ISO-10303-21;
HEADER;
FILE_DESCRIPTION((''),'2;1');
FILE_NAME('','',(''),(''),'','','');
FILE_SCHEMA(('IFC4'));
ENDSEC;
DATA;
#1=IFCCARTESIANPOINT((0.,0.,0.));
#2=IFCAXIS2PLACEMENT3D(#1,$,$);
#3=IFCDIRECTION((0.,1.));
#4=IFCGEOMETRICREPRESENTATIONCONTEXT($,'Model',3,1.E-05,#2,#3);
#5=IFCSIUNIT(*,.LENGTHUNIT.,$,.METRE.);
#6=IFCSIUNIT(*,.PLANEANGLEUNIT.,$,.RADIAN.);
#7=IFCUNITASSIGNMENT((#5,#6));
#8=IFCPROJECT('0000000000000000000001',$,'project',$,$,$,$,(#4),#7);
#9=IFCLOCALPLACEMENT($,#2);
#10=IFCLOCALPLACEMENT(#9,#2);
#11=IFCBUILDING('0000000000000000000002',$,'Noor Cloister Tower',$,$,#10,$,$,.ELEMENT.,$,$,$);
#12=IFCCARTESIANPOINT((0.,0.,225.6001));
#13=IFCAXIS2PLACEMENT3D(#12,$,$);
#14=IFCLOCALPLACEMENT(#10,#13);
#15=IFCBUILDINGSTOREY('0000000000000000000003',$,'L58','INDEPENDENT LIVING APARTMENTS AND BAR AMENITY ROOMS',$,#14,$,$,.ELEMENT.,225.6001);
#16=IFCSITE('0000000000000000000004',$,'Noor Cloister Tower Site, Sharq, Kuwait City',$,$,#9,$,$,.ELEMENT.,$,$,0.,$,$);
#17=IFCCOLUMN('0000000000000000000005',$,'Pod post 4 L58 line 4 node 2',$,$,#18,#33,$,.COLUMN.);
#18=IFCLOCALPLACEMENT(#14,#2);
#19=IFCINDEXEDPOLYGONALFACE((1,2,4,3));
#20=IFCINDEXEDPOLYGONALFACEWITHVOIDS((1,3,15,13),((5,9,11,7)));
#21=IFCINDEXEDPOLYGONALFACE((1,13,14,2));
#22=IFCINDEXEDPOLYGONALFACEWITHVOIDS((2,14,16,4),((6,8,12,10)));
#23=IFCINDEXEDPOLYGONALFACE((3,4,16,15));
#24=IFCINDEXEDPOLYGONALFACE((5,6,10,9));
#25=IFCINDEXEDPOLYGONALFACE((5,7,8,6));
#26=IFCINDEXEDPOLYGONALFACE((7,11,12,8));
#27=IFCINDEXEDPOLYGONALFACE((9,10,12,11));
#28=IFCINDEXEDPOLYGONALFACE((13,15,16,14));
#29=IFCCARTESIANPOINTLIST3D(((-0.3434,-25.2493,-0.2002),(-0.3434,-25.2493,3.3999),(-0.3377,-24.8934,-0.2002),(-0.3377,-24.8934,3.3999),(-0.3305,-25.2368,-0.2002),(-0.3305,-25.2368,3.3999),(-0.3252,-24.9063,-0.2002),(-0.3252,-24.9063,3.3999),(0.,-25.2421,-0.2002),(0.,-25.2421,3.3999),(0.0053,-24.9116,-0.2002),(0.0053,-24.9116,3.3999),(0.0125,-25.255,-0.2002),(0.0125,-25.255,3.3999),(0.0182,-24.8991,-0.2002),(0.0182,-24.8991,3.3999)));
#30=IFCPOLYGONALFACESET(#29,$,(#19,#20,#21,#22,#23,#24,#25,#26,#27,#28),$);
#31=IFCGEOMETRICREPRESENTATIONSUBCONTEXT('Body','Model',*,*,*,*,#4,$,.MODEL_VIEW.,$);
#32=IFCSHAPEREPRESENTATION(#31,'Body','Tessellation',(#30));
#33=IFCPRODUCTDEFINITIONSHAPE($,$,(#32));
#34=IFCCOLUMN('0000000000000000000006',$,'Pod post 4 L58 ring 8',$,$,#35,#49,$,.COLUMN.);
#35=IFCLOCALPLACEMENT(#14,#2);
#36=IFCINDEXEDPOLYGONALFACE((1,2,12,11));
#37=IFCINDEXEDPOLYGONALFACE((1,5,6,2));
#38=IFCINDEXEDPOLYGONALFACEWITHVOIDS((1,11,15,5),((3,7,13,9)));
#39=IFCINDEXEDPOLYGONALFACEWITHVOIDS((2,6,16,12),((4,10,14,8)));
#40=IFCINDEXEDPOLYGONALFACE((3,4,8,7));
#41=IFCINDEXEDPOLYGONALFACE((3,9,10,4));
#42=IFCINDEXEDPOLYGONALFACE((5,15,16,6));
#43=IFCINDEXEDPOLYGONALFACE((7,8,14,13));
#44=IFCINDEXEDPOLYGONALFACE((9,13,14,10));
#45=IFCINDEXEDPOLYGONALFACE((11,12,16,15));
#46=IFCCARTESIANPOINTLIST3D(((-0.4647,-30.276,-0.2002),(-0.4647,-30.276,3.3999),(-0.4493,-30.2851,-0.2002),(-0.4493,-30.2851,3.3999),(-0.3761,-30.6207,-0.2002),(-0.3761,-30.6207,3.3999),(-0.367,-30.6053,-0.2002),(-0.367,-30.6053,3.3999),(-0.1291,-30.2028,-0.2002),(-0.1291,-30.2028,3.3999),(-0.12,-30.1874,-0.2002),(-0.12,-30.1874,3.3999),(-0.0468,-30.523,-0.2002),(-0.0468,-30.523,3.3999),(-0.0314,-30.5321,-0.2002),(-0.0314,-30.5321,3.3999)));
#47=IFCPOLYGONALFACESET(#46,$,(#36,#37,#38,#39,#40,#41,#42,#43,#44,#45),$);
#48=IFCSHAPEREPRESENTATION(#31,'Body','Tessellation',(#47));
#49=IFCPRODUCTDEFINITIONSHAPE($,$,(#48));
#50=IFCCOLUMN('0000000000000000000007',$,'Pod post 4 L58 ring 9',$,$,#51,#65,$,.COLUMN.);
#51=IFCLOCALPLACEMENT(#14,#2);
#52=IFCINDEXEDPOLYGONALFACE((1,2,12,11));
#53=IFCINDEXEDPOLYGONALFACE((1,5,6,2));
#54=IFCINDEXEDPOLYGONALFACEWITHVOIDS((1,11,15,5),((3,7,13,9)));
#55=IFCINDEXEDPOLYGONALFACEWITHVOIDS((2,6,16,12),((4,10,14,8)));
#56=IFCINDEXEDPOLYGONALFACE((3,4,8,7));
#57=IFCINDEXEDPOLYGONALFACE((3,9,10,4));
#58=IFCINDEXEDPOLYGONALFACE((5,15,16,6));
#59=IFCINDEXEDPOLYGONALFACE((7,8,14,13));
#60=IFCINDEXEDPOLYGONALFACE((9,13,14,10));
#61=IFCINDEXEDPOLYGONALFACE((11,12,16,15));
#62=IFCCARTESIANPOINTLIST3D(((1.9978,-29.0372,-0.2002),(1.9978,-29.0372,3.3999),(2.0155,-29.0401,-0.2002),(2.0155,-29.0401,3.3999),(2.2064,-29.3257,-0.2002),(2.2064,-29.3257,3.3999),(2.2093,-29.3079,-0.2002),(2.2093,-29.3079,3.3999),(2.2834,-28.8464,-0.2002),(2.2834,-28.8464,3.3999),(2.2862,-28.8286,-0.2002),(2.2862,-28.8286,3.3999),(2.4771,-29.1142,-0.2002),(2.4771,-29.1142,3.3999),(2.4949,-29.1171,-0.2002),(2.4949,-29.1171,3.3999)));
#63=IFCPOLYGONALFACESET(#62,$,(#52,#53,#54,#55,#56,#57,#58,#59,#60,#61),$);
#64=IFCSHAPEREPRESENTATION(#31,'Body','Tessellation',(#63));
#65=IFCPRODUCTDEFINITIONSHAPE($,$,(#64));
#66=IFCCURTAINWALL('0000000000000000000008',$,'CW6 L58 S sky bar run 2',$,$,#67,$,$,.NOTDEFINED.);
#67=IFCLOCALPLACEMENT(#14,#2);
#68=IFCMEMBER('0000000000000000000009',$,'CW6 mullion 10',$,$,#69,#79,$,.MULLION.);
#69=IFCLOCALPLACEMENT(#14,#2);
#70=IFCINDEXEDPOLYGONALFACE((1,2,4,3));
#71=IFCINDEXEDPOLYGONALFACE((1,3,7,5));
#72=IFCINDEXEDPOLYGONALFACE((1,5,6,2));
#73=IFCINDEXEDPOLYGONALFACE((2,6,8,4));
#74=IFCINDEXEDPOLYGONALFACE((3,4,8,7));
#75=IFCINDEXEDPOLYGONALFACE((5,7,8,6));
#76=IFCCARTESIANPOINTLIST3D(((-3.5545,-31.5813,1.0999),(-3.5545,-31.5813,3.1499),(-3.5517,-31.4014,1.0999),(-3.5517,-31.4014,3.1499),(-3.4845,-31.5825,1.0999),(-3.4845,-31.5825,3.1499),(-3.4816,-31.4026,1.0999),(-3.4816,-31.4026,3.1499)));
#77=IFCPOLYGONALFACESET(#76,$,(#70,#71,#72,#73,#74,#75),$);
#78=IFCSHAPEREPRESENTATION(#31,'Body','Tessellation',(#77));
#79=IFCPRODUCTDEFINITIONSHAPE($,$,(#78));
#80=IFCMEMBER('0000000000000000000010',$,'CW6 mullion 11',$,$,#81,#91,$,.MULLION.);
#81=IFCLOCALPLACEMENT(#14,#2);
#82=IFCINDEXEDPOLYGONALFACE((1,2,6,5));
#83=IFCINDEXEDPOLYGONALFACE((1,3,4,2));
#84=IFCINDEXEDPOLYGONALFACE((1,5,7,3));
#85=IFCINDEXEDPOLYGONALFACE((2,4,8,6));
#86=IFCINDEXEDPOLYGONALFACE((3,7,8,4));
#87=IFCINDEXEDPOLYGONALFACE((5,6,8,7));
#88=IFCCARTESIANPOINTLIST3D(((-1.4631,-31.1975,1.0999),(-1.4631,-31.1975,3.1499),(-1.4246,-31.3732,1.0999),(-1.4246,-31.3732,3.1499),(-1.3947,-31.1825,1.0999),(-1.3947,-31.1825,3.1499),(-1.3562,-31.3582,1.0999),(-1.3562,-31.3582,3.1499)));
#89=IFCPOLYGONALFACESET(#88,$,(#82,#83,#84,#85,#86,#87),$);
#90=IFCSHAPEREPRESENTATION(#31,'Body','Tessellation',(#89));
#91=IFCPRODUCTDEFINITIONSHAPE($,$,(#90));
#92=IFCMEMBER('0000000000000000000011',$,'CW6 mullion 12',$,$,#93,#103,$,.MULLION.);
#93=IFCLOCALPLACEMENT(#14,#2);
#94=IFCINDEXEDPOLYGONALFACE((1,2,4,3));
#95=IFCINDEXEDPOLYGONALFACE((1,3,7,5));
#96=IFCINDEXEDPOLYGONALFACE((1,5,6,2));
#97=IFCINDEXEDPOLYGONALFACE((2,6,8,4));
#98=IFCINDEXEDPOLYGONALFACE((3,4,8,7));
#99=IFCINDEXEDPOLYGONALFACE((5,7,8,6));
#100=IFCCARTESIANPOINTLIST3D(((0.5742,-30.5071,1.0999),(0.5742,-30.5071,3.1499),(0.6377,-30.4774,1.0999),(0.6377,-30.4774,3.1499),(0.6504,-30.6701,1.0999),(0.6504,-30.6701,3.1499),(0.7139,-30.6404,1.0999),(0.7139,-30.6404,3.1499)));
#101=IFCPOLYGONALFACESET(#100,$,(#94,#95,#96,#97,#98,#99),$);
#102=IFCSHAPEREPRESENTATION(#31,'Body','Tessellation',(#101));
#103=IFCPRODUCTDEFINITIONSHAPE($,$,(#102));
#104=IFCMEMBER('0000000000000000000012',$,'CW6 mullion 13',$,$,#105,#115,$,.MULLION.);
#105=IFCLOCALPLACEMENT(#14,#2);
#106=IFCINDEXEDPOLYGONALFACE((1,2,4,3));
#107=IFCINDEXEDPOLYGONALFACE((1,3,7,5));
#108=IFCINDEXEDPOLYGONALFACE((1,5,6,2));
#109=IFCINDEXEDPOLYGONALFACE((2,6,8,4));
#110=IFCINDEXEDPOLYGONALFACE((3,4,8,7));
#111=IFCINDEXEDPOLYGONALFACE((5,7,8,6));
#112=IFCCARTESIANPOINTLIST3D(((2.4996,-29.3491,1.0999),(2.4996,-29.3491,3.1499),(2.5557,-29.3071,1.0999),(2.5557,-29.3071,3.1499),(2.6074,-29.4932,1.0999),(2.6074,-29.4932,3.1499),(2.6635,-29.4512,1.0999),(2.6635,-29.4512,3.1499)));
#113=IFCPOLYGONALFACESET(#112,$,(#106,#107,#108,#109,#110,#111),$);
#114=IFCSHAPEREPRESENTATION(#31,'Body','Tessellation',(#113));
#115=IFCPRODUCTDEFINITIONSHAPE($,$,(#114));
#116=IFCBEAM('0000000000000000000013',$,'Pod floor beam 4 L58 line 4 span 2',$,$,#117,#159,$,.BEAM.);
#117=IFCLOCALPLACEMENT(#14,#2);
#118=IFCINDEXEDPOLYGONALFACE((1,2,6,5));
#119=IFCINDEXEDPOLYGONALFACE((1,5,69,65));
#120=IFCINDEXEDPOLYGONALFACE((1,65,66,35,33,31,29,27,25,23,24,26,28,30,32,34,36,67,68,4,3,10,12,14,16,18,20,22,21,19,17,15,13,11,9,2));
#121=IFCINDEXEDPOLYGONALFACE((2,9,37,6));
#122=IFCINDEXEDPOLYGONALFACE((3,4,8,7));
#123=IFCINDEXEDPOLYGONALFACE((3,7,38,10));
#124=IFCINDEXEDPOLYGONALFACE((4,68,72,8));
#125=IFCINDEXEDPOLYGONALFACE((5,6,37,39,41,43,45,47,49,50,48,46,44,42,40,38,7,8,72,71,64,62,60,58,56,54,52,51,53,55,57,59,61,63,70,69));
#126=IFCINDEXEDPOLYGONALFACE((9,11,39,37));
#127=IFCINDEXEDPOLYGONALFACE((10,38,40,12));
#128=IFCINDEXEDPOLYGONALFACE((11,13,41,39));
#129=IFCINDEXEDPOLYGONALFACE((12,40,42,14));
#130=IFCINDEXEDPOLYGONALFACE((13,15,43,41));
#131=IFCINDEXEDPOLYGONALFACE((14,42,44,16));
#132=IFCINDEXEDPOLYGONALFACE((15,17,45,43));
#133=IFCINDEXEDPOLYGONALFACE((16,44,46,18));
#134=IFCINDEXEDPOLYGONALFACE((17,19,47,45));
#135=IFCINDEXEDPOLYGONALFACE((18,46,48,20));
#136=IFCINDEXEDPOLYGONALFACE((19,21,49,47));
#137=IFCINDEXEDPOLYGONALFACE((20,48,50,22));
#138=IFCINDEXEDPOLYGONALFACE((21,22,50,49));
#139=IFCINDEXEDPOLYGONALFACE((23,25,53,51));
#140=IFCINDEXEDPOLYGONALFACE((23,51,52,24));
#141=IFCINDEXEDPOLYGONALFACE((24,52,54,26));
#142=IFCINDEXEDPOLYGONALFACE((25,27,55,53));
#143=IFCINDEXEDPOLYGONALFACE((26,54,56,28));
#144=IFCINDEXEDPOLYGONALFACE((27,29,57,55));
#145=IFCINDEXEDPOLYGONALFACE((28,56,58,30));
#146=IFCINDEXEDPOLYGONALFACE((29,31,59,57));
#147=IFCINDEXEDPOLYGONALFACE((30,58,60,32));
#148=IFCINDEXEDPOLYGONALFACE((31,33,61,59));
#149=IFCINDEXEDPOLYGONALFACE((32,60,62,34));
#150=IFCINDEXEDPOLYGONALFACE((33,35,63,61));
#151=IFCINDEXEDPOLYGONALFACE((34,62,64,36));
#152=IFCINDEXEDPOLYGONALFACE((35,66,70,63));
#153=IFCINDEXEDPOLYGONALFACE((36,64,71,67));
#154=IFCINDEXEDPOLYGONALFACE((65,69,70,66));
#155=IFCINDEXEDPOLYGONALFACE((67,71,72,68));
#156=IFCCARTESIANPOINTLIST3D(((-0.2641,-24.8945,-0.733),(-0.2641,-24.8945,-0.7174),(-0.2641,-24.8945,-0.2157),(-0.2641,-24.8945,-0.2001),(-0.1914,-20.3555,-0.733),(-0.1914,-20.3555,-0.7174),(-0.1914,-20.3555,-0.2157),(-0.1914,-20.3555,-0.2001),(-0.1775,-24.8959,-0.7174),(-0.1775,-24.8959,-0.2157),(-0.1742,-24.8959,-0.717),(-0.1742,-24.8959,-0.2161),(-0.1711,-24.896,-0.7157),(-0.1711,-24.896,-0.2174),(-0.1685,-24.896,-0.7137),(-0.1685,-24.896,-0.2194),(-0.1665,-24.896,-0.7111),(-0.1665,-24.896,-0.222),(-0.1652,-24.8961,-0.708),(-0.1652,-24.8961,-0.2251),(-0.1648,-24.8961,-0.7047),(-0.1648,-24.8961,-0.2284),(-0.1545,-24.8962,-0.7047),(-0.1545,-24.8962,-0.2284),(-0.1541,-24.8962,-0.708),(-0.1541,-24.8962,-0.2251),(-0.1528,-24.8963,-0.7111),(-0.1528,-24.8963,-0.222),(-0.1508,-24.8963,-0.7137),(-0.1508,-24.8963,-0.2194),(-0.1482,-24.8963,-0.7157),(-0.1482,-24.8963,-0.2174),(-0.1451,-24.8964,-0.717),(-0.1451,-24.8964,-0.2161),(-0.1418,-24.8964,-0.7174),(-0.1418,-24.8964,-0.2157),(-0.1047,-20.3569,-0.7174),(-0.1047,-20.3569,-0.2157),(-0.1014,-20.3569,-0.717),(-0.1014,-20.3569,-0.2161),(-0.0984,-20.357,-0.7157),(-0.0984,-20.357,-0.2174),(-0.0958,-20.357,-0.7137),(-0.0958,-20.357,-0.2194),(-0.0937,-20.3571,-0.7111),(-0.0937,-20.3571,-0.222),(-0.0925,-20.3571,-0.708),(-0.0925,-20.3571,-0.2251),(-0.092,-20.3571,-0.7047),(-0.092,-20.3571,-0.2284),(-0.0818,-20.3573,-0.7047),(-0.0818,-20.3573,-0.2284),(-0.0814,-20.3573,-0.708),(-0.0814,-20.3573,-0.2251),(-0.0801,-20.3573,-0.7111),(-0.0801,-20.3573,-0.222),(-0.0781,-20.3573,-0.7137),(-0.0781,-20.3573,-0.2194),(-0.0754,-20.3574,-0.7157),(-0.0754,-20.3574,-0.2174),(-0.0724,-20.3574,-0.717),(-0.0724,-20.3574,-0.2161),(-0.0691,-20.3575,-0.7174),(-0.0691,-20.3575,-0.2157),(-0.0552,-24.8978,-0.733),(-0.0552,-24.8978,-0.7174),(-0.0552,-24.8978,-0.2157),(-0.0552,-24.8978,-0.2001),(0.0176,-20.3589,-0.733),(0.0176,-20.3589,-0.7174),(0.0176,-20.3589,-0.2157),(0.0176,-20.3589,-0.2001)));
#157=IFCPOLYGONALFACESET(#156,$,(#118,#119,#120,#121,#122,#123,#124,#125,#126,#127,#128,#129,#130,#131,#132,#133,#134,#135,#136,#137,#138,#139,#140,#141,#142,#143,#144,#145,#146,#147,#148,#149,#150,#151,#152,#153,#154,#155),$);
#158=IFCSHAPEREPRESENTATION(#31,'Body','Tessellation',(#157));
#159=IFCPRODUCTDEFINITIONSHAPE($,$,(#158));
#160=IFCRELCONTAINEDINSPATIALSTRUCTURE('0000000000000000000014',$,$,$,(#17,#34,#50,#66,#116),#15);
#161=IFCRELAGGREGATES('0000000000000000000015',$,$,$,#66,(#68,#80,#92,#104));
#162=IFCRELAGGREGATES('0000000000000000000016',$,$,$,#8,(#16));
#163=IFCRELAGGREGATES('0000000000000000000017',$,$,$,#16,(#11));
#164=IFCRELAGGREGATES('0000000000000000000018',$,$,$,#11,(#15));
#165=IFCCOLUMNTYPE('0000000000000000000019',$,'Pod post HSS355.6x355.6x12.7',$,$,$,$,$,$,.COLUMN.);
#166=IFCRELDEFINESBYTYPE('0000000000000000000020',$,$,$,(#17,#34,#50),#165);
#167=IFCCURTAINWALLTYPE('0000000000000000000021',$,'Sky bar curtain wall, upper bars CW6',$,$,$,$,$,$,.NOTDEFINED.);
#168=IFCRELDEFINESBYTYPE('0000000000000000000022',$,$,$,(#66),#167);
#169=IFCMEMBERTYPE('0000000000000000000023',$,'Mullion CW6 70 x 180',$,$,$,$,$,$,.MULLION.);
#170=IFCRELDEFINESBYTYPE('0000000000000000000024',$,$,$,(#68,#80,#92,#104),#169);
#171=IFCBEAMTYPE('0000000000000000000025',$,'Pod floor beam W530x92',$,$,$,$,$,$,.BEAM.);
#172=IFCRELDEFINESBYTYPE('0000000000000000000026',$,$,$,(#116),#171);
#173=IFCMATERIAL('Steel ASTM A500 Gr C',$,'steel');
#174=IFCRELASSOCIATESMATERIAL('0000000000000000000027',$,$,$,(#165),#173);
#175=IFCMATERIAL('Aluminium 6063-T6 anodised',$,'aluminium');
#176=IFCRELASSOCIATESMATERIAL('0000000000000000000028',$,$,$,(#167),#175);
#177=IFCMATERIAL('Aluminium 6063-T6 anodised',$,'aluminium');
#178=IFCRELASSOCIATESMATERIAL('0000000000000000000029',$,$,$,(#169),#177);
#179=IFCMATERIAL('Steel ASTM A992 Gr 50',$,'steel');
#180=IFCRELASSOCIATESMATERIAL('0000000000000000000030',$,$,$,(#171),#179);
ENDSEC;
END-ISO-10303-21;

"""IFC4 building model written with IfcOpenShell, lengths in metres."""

from ifc_helpers import new_model, si_unit, direction, frame, origin, origin_2d, place, context, subcontext, project, spatial, rectangle, hollow_rectangle, i_section, extrude, material, material_profile, profile_set, type_object, element, aggregate, save


model = new_model("IFC4")

# Units and contexts
model_context = context("Model", 3, precision=1e-05, world=origin(), true_north=direction((0.0, 1.0)))
body_context = subcontext(model_context, "Body", "Model", "MODEL_VIEW")
ifc_project = project(units=[si_unit("LENGTHUNIT", "METRE"), si_unit("PLANEANGLEUNIT", "RADIAN")], contexts=[model_context])

# Site, building, storey
site_placement = place(None, origin())
site = spatial("IfcSite", under=ifc_project, at=site_placement, Name="Noor Cloister Tower Site, Sharq, Kuwait City", CompositionType="ELEMENT", RefElevation=0.0)
building_placement = place(site_placement, origin())
building = spatial("IfcBuilding", under=site, at=building_placement, Name="Noor Cloister Tower", CompositionType="ELEMENT")
storey_placement = place(building_placement, frame((0.0, 0.0, 225.6001)))
storey = spatial("IfcBuildingStorey", under=building, at=storey_placement, Name="L58", Description="INDEPENDENT LIVING APARTMENTS AND BAR AMENITY ROOMS", CompositionType="ELEMENT", Elevation=225.6001)

# Columns
ifc_material_1 = material(Name="Steel ASTM A500 Gr C", Category="steel")
ifc_material_profile_1 = material_profile(ifc_material_1, hollow_rectangle(XDim=0.356, YDim=0.356, WallThickness=0.0127, at=origin_2d()), Name="HSS355.6x355.6x12.7")
ifc_profile_set_1 = profile_set([ifc_material_profile_1], Name="Steel ASTM A500 Gr C")
column_type = type_object("IfcColumnType", Name="Pod post HSS355.6x355.6x12.7", PredefinedType="COLUMN", material=ifc_profile_set_1)
for number, where, z_axis, x_axis, name in (
    (1, (-0.1626, -25.0742, -0.2002), (0.0, 0.0, 1.0), (-0.016039, -0.999871, 0.0), "Pod post 4 L58 line 4 node 2"),
    (2, (-0.248, -30.4041, -0.2002), (0.0, 0.0, 1.0), (0.968528, 0.248905, 0.0), "Pod post 4 L58 ring 8"),
    (3, (2.2463, -29.0771, -0.2002), (0.0, 0.0, 1.0), (0.810277, 0.586046, 0.0), "Pod post 4 L58 ring 9"),
):
    element("IfcColumn", number, at=place(storey_placement, frame(where, z_axis=z_axis, x_axis=x_axis)), inside=storey, type_object=column_type, Name=name, PredefinedType="COLUMN", context=body_context, shape_type="SweptSolid", body=[
        extrude(hollow_rectangle(XDim=0.356, YDim=0.356, WallThickness=0.0127, at=origin_2d()), origin(), (0.0, 0.0, 1.0), 3.6001),
    ])

# Curtain wall, members
ifc_material_2 = material(Name="Aluminium 6063-T6 anodised", Category="aluminium")
curtain_wall_type = type_object("IfcCurtainWallType", Name="Sky bar curtain wall, upper bars CW6", PredefinedType="NOTDEFINED", material=ifc_material_2)
curtain_wall_placement = place(storey_placement, origin())
curtain_wall = element("IfcCurtainWall", 4, at=curtain_wall_placement, inside=storey, type_object=curtain_wall_type, Name="CW6 L58 S sky bar run 2", PredefinedType="NOTDEFINED")
ifc_material_3 = material(Name="Aluminium 6063-T6 anodised", Category="aluminium")
ifc_material_profile_2 = material_profile(ifc_material_3, rectangle(XDim=0.1799, YDim=0.0701, at=origin_2d()), Name="180 x 70 mullion")
ifc_profile_set_2 = profile_set([ifc_material_profile_2], Name="Aluminium 6063-T6 anodised")
member_type = type_object("IfcMemberType", Name="Mullion CW6 70 x 180", PredefinedType="MULLION", material=ifc_profile_set_2)
member_1_placement = place(storey_placement, frame((-3.5181, -31.4919, 1.0999), z_axis=(0.0, 0.0, 1.0), x_axis=(0.016039, 0.999871, 0.0)))
member_1 = element("IfcMember", 5, at=member_1_placement, type_object=member_type, Name="CW6 mullion 10", PredefinedType="MULLION", context=body_context, shape_type="SweptSolid", body=[
    extrude(rectangle(XDim=0.1799, YDim=0.0701, at=origin_2d()), origin(), (0.0, 0.0, 1.0), 2.05),
])
member_2_placement = place(storey_placement, frame((-1.4097, -31.2778, 1.0999), z_axis=(0.0, 0.0, 1.0), x_axis=(-0.214056, 0.976821, 0.0)))
member_2 = element("IfcMember", 6, at=member_2_placement, type_object=member_type, Name="CW6 mullion 11", PredefinedType="MULLION", context=body_context, shape_type="SweptSolid", body=[
    extrude(rectangle(XDim=0.1799, YDim=0.0701, at=origin_2d()), origin(), (0.0, 0.0, 1.0), 2.05),
])
member_3_placement = place(storey_placement, frame((0.644, -30.5737, 1.0999), z_axis=(0.0, 0.0, 1.0), x_axis=(-0.423615, 0.905842, 0.0)))
member_3 = element("IfcMember", 7, at=member_3_placement, type_object=member_type, Name="CW6 mullion 12", PredefinedType="MULLION", context=body_context, shape_type="SweptSolid", body=[
    extrude(rectangle(XDim=0.1799, YDim=0.0701, at=origin_2d()), origin(), (0.0, 0.0, 1.0), 2.05),
])
member_4_placement = place(storey_placement, frame((2.5815, -29.4001, 1.0999), z_axis=(0.0, 0.0, 1.0), x_axis=(-0.599035, 0.800723, 0.0)))
member_4 = element("IfcMember", 8, at=member_4_placement, type_object=member_type, Name="CW6 mullion 13", PredefinedType="MULLION", context=body_context, shape_type="SweptSolid", body=[
    extrude(rectangle(XDim=0.1799, YDim=0.0701, at=origin_2d()), origin(), (0.0, 0.0, 1.0), 2.05),
])

# Beam
ifc_material_4 = material(Name="Steel ASTM A992 Gr 50", Category="steel")
ifc_material_profile_3 = material_profile(ifc_material_4, i_section(OverallWidth=0.209, OverallDepth=0.533, WebThickness=0.0103, FlangeThickness=0.0156, FilletRadius=0.0127, at=origin_2d()), Name="W530x92")
ifc_profile_set_3 = profile_set([ifc_material_profile_3], Name="Steel ASTM A992 Gr 50")
beam_type = type_object("IfcBeamType", Name="Pod floor beam W530x92", PredefinedType="BEAM", material=ifc_profile_set_3)
beam_1_placement = place(storey_placement, frame((-0.0869, -20.3572, -0.4666), z_axis=(-0.016026, -0.999872, 0.0), x_axis=(0.999872, -0.016026, 0.0)))
element("IfcBeam", 9, at=beam_1_placement, inside=storey, type_object=beam_type, Name="Pod floor beam 4 L58 line 4 span 2", PredefinedType="BEAM", context=body_context, shape_type="SweptSolid", body=[
    extrude(i_section(OverallWidth=0.209, OverallDepth=0.533, WebThickness=0.0103, FlangeThickness=0.0156, FilletRadius=0.0127, at=origin_2d()), origin(), (0.0, 0.0, 1.0), 4.5396),
])

aggregate(curtain_wall, [member_1, member_2, member_3, member_4])

save(model, "model.ifc")
